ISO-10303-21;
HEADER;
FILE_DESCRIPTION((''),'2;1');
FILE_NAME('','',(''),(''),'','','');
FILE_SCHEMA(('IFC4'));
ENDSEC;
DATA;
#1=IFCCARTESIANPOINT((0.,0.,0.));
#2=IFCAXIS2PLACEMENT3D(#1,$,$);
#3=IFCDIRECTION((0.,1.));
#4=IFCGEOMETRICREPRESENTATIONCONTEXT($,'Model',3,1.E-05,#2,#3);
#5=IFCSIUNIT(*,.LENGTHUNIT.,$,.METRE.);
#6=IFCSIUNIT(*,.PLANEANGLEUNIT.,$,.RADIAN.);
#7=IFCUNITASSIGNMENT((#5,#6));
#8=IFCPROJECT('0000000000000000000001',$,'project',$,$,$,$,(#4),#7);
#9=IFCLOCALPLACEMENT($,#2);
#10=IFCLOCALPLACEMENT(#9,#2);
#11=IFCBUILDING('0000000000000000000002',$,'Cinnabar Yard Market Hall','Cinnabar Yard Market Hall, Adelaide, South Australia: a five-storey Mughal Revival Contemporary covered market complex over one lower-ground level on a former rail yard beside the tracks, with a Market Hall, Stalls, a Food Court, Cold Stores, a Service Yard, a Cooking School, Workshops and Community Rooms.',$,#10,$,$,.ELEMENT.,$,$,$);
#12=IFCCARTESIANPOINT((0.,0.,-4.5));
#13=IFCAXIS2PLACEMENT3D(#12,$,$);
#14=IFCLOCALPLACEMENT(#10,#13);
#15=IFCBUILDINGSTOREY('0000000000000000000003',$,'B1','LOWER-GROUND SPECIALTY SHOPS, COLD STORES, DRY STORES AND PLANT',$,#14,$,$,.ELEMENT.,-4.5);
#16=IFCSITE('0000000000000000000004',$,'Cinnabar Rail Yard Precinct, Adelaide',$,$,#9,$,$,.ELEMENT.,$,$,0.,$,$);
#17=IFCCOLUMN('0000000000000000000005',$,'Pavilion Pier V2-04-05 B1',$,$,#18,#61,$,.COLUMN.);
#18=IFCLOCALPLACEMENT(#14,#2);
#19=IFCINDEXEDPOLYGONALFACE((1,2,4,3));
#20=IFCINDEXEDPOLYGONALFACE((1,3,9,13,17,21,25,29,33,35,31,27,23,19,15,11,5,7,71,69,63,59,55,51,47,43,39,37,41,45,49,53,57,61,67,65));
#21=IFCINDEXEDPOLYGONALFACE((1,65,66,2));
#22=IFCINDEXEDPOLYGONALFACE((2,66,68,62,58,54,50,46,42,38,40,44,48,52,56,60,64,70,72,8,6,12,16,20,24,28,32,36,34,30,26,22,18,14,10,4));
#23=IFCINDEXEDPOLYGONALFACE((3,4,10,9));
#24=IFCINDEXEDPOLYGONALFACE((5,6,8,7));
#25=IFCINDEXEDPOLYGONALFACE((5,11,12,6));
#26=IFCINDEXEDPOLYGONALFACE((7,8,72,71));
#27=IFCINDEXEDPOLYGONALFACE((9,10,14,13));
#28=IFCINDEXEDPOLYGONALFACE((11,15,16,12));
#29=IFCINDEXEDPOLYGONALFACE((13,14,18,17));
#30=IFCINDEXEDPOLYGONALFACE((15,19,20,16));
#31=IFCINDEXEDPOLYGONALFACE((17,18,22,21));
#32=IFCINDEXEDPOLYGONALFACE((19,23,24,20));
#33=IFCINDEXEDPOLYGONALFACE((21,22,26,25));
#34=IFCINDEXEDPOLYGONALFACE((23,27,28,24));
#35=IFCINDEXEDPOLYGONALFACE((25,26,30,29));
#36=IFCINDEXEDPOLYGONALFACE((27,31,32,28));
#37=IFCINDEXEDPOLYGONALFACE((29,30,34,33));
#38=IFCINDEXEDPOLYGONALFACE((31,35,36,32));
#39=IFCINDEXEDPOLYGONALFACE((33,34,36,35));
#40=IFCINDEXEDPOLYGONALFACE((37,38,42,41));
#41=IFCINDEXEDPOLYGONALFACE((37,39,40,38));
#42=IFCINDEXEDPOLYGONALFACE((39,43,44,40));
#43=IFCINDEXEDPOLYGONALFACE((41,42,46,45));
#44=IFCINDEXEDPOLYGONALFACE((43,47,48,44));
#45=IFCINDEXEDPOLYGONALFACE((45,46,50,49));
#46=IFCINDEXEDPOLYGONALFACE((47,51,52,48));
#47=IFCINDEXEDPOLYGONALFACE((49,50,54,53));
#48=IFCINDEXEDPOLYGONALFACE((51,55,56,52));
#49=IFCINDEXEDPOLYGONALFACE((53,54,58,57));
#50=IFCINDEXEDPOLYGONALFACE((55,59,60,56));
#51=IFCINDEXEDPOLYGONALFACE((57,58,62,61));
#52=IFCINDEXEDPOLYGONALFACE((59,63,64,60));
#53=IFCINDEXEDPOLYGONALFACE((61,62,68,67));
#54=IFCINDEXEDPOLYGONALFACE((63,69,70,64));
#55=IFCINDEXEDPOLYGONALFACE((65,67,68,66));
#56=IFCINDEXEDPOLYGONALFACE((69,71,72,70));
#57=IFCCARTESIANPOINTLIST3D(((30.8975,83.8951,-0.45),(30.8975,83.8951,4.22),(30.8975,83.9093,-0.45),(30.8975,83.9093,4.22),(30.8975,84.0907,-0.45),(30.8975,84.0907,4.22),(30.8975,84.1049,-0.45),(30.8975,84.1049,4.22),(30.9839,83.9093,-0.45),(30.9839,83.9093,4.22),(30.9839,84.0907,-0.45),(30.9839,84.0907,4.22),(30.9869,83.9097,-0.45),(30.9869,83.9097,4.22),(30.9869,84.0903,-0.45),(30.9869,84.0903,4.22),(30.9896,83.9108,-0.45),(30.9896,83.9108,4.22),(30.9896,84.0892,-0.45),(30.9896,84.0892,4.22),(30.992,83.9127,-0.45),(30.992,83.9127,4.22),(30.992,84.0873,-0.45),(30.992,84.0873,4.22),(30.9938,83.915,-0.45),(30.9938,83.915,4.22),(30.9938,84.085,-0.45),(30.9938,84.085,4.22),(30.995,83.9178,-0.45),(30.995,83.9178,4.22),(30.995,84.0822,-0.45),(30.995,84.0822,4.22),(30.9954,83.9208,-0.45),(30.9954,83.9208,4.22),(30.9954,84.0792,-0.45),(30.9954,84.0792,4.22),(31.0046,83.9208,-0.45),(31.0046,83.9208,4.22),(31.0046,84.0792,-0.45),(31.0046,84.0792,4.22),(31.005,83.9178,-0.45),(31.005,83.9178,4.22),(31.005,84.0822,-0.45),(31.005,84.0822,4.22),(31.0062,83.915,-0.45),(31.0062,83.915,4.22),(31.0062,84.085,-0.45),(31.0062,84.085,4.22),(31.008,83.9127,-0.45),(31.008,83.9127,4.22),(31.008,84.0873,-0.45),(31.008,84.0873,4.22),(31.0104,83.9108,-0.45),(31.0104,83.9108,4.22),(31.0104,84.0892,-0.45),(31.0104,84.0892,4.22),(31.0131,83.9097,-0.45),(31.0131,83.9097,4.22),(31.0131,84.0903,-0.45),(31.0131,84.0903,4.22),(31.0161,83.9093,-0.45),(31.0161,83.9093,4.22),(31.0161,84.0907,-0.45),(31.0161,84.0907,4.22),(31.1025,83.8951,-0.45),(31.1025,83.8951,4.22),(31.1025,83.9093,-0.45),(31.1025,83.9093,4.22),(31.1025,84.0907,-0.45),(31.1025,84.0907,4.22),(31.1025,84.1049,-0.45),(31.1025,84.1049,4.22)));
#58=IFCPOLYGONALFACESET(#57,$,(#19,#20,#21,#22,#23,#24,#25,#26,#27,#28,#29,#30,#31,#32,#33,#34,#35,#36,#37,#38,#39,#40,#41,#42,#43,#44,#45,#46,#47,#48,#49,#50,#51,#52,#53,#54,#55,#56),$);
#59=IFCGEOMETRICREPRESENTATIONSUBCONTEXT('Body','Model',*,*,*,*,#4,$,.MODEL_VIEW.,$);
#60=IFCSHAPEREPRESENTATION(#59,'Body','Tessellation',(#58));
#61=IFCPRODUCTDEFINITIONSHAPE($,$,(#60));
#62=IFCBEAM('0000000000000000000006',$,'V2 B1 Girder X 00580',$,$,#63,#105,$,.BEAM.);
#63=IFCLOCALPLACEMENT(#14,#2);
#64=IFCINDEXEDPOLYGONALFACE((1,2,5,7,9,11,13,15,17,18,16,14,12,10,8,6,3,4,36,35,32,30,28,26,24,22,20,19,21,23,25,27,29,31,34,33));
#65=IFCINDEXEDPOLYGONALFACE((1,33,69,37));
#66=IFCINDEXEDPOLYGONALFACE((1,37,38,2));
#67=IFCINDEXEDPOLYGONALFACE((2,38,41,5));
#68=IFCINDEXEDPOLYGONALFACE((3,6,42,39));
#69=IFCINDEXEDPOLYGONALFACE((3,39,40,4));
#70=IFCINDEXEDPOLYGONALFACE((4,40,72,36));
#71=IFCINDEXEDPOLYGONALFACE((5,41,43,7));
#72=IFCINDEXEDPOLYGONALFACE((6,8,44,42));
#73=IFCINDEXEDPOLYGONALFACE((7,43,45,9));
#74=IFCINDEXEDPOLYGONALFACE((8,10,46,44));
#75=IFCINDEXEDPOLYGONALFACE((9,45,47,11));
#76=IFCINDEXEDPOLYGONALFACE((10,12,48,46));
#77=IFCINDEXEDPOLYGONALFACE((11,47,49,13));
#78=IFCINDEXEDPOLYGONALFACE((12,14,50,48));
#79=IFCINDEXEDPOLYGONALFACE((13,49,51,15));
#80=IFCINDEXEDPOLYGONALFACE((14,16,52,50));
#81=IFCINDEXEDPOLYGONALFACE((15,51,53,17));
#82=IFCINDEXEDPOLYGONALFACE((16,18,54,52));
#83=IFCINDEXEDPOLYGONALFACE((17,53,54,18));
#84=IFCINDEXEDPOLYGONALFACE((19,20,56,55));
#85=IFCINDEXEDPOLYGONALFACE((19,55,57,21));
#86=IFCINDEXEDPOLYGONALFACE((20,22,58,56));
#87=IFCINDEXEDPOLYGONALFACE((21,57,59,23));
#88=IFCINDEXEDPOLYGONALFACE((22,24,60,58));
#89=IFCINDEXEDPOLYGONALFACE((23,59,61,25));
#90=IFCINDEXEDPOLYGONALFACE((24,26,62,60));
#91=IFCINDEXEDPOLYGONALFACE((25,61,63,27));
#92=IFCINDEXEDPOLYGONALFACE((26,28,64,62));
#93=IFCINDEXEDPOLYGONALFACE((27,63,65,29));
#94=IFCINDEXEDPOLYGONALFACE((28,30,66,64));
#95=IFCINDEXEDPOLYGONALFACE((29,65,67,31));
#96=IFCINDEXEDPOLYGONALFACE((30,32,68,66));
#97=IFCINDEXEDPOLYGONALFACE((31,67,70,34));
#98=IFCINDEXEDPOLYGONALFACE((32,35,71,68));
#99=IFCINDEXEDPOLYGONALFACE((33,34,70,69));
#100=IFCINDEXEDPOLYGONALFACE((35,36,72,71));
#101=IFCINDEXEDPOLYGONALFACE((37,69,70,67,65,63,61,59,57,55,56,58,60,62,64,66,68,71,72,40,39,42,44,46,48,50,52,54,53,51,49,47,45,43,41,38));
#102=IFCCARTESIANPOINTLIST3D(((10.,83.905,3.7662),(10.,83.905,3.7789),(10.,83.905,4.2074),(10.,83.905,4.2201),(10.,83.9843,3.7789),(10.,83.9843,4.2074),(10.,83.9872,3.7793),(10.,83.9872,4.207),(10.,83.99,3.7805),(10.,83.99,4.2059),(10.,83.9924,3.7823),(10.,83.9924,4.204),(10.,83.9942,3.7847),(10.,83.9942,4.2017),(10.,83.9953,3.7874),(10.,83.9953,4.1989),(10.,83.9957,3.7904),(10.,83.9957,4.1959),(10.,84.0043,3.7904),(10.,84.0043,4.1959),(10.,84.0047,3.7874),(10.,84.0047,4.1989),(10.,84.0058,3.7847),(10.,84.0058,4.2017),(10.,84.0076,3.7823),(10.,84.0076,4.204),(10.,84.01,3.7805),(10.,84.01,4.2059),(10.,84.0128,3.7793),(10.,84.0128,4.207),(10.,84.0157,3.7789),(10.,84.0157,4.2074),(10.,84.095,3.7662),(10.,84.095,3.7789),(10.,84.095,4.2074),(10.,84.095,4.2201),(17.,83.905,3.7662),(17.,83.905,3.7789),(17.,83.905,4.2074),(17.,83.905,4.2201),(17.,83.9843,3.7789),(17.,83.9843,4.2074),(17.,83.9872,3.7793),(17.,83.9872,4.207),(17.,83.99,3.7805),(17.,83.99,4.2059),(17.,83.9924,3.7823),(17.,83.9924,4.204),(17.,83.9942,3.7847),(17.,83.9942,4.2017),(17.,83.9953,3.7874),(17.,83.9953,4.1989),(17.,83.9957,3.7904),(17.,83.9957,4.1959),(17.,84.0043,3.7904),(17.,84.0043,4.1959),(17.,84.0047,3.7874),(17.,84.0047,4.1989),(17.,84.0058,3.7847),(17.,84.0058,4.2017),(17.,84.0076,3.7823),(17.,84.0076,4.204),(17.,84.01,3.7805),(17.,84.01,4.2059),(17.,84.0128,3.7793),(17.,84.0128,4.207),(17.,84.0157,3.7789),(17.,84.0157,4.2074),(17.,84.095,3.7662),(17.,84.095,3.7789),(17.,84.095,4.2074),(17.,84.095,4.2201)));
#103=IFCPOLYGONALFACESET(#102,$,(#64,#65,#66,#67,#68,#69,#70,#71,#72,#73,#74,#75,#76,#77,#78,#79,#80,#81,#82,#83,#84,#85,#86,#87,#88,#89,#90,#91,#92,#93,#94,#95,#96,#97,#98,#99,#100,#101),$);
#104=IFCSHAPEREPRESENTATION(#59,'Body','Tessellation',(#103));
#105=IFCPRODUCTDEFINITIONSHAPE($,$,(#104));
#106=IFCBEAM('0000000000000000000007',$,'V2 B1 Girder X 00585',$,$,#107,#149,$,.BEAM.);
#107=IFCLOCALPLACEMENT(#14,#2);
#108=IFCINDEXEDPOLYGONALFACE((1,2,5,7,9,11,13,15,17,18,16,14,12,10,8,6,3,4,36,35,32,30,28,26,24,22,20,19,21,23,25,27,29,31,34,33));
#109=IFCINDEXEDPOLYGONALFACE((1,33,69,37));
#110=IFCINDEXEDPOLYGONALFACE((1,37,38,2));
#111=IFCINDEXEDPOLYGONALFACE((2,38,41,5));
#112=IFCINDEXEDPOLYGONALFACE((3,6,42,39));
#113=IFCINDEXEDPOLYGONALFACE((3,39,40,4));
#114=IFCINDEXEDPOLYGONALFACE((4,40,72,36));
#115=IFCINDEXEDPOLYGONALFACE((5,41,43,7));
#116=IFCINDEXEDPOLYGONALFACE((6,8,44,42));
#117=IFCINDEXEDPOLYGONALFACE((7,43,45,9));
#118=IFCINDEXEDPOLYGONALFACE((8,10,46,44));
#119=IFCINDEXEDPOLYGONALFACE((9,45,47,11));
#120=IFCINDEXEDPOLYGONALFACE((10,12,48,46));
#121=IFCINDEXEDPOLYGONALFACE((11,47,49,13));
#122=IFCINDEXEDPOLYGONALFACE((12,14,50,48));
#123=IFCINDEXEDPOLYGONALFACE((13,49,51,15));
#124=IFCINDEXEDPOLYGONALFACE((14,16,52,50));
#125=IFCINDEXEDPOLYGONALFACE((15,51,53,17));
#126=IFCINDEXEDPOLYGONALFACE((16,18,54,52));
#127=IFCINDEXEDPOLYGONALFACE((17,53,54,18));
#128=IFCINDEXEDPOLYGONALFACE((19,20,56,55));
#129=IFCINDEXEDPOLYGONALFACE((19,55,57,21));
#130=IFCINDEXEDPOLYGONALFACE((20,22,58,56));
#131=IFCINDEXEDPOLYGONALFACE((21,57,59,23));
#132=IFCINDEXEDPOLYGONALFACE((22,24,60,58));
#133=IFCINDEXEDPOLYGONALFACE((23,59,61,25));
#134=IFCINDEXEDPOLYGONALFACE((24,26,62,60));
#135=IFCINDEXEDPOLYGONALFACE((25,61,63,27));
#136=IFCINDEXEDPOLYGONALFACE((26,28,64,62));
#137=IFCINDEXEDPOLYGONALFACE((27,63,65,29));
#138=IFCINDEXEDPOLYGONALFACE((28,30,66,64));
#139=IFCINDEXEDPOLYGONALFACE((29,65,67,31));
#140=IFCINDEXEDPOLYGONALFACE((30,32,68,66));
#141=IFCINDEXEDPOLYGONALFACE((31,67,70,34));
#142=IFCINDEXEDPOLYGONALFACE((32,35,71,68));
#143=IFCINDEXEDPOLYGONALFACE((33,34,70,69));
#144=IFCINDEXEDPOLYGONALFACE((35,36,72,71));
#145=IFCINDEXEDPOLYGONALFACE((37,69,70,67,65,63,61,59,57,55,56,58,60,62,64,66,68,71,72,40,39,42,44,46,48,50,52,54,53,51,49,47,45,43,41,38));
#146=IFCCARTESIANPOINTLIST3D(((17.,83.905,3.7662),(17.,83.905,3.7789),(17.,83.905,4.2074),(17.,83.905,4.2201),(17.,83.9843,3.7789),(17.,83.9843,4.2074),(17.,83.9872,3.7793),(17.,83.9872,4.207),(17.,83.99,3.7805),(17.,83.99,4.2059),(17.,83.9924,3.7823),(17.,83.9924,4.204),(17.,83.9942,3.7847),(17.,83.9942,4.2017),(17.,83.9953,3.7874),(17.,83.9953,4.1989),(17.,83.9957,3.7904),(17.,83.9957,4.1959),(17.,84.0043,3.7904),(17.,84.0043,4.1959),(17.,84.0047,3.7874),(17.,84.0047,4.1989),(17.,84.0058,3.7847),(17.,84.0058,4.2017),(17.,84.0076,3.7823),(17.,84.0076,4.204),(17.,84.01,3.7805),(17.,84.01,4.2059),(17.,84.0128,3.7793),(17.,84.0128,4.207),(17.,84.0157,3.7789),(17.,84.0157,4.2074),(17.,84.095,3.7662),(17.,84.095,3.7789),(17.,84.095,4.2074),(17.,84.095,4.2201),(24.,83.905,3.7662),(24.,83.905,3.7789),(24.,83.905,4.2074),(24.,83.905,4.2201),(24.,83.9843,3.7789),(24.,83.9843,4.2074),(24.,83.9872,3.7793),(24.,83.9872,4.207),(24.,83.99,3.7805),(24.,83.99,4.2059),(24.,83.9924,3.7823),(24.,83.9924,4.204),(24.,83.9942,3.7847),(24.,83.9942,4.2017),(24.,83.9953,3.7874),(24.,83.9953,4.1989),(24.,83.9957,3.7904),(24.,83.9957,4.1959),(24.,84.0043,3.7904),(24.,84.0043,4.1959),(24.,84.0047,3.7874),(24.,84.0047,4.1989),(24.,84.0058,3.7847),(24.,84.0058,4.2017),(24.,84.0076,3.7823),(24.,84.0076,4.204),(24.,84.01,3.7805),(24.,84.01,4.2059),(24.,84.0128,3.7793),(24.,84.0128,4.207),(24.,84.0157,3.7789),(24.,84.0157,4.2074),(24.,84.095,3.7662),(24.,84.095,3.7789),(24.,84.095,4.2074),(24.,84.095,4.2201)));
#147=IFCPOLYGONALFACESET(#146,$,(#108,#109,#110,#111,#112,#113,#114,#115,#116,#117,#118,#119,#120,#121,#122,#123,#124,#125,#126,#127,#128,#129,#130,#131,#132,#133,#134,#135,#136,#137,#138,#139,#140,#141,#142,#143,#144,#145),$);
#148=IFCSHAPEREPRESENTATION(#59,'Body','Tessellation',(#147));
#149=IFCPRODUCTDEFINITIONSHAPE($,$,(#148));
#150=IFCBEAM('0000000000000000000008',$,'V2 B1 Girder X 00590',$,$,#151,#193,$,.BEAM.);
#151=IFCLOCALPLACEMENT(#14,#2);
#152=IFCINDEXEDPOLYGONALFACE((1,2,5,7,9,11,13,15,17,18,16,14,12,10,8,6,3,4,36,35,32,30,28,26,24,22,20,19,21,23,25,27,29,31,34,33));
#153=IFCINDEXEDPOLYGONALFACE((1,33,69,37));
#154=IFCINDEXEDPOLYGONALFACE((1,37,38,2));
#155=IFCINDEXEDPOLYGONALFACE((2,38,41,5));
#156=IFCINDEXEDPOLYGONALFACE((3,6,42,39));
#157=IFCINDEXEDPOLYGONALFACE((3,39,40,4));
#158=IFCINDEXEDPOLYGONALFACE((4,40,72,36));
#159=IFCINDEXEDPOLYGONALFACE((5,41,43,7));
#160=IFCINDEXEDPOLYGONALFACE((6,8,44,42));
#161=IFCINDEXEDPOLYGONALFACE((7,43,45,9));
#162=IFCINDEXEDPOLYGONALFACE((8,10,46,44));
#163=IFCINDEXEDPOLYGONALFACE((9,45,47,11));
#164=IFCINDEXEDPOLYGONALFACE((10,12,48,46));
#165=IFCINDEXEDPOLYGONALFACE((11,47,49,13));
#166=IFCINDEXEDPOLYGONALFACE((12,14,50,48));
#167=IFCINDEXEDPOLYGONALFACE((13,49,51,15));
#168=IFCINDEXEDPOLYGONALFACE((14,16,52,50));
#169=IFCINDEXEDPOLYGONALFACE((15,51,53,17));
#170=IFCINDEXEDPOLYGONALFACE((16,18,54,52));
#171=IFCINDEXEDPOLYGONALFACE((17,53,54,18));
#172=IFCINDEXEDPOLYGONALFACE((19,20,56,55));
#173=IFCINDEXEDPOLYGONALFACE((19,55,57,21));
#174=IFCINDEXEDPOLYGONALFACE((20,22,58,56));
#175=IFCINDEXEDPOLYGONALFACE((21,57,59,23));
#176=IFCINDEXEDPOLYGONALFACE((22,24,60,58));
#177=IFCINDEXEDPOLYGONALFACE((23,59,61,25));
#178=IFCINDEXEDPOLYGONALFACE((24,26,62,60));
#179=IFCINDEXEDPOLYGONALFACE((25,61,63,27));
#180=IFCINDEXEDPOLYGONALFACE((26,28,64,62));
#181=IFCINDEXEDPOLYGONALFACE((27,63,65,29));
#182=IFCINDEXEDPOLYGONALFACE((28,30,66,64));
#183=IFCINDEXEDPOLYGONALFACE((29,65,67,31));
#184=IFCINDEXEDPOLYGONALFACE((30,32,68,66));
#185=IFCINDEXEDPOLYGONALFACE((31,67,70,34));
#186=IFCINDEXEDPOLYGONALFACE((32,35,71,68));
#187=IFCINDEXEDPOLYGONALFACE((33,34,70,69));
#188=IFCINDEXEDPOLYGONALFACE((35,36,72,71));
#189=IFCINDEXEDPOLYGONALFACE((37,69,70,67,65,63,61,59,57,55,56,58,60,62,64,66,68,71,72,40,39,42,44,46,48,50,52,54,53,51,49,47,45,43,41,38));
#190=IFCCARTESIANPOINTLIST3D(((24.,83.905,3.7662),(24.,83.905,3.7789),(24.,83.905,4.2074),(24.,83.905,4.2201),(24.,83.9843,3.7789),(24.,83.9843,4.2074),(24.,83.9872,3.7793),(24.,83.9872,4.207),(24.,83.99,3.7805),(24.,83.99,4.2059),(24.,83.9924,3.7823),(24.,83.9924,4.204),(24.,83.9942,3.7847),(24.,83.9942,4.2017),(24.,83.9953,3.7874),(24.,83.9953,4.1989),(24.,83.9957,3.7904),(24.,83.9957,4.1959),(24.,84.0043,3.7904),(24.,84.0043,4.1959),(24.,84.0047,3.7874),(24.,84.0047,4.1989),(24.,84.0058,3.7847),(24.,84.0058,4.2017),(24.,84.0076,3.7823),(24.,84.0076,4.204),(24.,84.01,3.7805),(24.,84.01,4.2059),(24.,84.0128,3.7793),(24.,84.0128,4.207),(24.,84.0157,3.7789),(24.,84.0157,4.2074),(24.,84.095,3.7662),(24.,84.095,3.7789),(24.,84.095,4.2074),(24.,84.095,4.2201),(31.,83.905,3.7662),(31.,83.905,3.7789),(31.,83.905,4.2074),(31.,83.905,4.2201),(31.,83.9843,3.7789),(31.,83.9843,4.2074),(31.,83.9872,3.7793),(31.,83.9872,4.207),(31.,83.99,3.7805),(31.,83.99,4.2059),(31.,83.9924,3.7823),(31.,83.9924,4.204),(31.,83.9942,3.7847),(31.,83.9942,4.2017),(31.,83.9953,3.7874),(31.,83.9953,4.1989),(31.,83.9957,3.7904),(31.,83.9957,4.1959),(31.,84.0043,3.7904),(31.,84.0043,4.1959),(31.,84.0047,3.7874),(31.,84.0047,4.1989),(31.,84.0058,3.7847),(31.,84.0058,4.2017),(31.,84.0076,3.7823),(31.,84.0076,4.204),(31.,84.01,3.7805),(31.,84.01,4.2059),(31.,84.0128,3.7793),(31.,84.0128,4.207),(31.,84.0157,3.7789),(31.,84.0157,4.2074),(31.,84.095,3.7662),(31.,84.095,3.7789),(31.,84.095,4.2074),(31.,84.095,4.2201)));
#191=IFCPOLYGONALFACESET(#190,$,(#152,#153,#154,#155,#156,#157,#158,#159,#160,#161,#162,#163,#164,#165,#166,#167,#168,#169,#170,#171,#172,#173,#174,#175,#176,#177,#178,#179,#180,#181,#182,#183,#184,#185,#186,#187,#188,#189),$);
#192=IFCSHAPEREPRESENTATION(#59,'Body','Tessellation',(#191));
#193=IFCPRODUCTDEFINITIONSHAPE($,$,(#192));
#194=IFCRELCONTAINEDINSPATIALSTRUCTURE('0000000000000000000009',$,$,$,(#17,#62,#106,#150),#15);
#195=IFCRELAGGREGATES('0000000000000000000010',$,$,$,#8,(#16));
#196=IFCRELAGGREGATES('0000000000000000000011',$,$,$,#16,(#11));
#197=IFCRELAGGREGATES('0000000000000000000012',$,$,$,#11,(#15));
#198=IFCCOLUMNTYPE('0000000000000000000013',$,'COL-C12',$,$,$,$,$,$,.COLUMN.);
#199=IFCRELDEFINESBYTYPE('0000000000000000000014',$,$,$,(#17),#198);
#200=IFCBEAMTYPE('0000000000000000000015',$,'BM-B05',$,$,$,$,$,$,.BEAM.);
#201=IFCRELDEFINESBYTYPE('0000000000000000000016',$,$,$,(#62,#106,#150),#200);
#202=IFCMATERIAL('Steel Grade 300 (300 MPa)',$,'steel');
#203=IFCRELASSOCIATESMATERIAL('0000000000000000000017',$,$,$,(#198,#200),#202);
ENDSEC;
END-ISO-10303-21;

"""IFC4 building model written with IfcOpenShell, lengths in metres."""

from ifc_helpers import new_model, si_unit, direction, frame, origin, origin_2d_with_axis, place, context, subcontext, project, spatial, i_section, extrude, material, material_profile, profile_set, type_object, element, save


model = new_model("IFC4")

# Units and contexts
model_context = context("Model", 3, precision=1e-05, world=origin(), true_north=direction((0.0, 1.0)))
body_context = subcontext(model_context, "Body", "Model", "MODEL_VIEW")
ifc_project = project(units=[si_unit("LENGTHUNIT", "METRE"), si_unit("PLANEANGLEUNIT", "RADIAN")], contexts=[model_context])

# Site, building, storey
site_placement = place(None, origin())
site = spatial("IfcSite", under=ifc_project, at=site_placement, Name="Cinnabar Rail Yard Precinct, Adelaide", CompositionType="ELEMENT", RefElevation=0.0)
building_placement = place(site_placement, origin())
building = spatial("IfcBuilding", under=site, at=building_placement, Name="Cinnabar Yard Market Hall", Description="Cinnabar Yard Market Hall, Adelaide, South Australia: a five-storey Mughal Revival Contemporary covered market complex over one lower-ground level on a former rail yard beside the tracks, with a Market Hall, Stalls, a Food Court, Cold Stores, a Service Yard, a Cooking School, Workshops and Community Rooms.", CompositionType="ELEMENT")
storey_placement = place(building_placement, frame((0.0, 0.0, -4.5)))
storey = spatial("IfcBuildingStorey", under=building, at=storey_placement, Name="B1", Description="LOWER-GROUND SPECIALTY SHOPS, COLD STORES, DRY STORES AND PLANT", CompositionType="ELEMENT", Elevation=-4.5)

# Column
ifc_material_1 = material(Name="Steel Grade 300 (300 MPa)", Category="steel")
ifc_material_profile_1 = material_profile(ifc_material_1, i_section(OverallWidth=0.2051, OverallDepth=0.2097, WebThickness=0.0093, FlangeThickness=0.0142, FilletRadius=0.0115, at=origin_2d_with_axis()), Name="200UC59.5")
ifc_profile_set_1 = profile_set([ifc_material_profile_1], Name="Steel Grade 300 (300 MPa)")
column_type_1 = type_object("IfcColumnType", Name="COL-C12", PredefinedType="COLUMN", material=ifc_profile_set_1)
for number, where, z_axis, x_axis, name in (
    (1, (31.0, 84.0, -0.45), (0.0, 0.0, 1.0), (1.0, 0.0, 0.0), "Pavilion Pier V2-04-05 B1"),
):
    element("IfcColumn", number, at=place(storey_placement, frame(where, z_axis=z_axis, x_axis=x_axis)), inside=storey, type_object=column_type_1, Name=name, PredefinedType="COLUMN", context=body_context, shape_type="SweptSolid", body=[
        extrude(i_section(OverallWidth=0.2051, OverallDepth=0.2097, WebThickness=0.0093, FlangeThickness=0.0142, FilletRadius=0.0115, at=origin_2d_with_axis()), origin(), (0.0, 0.0, 1.0), 4.6699),
    ])

# Beams
ifc_material_profile_2 = material_profile(ifc_material_1, i_section(OverallWidth=0.1899, OverallDepth=0.4539, WebThickness=0.0085, FlangeThickness=0.0127, FilletRadius=0.0115, at=origin_2d_with_axis()), Name="460UB67.1")
ifc_profile_set_2 = profile_set([ifc_material_profile_2], Name="Steel Grade 300 (300 MPa)")
beam_type = type_object("IfcBeamType", Name="BM-B05", PredefinedType="BEAM", material=ifc_profile_set_2)
for number, where, z_axis, x_axis, name in (
    (2, (10.0, 84.0, 3.9932), (1.0, 0.0, 0.0), (0.0, 1.0, 0.0), "V2 B1 Girder X 00580"),
    (3, (17.0, 84.0, 3.9932), (1.0, 0.0, 0.0), (0.0, 1.0, 0.0), "V2 B1 Girder X 00585"),
    (4, (24.0, 84.0, 3.9932), (1.0, 0.0, 0.0), (0.0, 1.0, 0.0), "V2 B1 Girder X 00590"),
):
    element("IfcBeam", number, at=place(storey_placement, frame(where, z_axis=z_axis, x_axis=x_axis)), inside=storey, type_object=beam_type, Name=name, PredefinedType="BEAM", context=body_context, shape_type="SweptSolid", body=[
        extrude(i_section(OverallWidth=0.1899, OverallDepth=0.4539, WebThickness=0.0085, FlangeThickness=0.0127, FilletRadius=0.0115, at=origin_2d_with_axis()), origin(), (0.0, 0.0, 1.0), 7.0),
    ])

save(model, "model.ifc")
